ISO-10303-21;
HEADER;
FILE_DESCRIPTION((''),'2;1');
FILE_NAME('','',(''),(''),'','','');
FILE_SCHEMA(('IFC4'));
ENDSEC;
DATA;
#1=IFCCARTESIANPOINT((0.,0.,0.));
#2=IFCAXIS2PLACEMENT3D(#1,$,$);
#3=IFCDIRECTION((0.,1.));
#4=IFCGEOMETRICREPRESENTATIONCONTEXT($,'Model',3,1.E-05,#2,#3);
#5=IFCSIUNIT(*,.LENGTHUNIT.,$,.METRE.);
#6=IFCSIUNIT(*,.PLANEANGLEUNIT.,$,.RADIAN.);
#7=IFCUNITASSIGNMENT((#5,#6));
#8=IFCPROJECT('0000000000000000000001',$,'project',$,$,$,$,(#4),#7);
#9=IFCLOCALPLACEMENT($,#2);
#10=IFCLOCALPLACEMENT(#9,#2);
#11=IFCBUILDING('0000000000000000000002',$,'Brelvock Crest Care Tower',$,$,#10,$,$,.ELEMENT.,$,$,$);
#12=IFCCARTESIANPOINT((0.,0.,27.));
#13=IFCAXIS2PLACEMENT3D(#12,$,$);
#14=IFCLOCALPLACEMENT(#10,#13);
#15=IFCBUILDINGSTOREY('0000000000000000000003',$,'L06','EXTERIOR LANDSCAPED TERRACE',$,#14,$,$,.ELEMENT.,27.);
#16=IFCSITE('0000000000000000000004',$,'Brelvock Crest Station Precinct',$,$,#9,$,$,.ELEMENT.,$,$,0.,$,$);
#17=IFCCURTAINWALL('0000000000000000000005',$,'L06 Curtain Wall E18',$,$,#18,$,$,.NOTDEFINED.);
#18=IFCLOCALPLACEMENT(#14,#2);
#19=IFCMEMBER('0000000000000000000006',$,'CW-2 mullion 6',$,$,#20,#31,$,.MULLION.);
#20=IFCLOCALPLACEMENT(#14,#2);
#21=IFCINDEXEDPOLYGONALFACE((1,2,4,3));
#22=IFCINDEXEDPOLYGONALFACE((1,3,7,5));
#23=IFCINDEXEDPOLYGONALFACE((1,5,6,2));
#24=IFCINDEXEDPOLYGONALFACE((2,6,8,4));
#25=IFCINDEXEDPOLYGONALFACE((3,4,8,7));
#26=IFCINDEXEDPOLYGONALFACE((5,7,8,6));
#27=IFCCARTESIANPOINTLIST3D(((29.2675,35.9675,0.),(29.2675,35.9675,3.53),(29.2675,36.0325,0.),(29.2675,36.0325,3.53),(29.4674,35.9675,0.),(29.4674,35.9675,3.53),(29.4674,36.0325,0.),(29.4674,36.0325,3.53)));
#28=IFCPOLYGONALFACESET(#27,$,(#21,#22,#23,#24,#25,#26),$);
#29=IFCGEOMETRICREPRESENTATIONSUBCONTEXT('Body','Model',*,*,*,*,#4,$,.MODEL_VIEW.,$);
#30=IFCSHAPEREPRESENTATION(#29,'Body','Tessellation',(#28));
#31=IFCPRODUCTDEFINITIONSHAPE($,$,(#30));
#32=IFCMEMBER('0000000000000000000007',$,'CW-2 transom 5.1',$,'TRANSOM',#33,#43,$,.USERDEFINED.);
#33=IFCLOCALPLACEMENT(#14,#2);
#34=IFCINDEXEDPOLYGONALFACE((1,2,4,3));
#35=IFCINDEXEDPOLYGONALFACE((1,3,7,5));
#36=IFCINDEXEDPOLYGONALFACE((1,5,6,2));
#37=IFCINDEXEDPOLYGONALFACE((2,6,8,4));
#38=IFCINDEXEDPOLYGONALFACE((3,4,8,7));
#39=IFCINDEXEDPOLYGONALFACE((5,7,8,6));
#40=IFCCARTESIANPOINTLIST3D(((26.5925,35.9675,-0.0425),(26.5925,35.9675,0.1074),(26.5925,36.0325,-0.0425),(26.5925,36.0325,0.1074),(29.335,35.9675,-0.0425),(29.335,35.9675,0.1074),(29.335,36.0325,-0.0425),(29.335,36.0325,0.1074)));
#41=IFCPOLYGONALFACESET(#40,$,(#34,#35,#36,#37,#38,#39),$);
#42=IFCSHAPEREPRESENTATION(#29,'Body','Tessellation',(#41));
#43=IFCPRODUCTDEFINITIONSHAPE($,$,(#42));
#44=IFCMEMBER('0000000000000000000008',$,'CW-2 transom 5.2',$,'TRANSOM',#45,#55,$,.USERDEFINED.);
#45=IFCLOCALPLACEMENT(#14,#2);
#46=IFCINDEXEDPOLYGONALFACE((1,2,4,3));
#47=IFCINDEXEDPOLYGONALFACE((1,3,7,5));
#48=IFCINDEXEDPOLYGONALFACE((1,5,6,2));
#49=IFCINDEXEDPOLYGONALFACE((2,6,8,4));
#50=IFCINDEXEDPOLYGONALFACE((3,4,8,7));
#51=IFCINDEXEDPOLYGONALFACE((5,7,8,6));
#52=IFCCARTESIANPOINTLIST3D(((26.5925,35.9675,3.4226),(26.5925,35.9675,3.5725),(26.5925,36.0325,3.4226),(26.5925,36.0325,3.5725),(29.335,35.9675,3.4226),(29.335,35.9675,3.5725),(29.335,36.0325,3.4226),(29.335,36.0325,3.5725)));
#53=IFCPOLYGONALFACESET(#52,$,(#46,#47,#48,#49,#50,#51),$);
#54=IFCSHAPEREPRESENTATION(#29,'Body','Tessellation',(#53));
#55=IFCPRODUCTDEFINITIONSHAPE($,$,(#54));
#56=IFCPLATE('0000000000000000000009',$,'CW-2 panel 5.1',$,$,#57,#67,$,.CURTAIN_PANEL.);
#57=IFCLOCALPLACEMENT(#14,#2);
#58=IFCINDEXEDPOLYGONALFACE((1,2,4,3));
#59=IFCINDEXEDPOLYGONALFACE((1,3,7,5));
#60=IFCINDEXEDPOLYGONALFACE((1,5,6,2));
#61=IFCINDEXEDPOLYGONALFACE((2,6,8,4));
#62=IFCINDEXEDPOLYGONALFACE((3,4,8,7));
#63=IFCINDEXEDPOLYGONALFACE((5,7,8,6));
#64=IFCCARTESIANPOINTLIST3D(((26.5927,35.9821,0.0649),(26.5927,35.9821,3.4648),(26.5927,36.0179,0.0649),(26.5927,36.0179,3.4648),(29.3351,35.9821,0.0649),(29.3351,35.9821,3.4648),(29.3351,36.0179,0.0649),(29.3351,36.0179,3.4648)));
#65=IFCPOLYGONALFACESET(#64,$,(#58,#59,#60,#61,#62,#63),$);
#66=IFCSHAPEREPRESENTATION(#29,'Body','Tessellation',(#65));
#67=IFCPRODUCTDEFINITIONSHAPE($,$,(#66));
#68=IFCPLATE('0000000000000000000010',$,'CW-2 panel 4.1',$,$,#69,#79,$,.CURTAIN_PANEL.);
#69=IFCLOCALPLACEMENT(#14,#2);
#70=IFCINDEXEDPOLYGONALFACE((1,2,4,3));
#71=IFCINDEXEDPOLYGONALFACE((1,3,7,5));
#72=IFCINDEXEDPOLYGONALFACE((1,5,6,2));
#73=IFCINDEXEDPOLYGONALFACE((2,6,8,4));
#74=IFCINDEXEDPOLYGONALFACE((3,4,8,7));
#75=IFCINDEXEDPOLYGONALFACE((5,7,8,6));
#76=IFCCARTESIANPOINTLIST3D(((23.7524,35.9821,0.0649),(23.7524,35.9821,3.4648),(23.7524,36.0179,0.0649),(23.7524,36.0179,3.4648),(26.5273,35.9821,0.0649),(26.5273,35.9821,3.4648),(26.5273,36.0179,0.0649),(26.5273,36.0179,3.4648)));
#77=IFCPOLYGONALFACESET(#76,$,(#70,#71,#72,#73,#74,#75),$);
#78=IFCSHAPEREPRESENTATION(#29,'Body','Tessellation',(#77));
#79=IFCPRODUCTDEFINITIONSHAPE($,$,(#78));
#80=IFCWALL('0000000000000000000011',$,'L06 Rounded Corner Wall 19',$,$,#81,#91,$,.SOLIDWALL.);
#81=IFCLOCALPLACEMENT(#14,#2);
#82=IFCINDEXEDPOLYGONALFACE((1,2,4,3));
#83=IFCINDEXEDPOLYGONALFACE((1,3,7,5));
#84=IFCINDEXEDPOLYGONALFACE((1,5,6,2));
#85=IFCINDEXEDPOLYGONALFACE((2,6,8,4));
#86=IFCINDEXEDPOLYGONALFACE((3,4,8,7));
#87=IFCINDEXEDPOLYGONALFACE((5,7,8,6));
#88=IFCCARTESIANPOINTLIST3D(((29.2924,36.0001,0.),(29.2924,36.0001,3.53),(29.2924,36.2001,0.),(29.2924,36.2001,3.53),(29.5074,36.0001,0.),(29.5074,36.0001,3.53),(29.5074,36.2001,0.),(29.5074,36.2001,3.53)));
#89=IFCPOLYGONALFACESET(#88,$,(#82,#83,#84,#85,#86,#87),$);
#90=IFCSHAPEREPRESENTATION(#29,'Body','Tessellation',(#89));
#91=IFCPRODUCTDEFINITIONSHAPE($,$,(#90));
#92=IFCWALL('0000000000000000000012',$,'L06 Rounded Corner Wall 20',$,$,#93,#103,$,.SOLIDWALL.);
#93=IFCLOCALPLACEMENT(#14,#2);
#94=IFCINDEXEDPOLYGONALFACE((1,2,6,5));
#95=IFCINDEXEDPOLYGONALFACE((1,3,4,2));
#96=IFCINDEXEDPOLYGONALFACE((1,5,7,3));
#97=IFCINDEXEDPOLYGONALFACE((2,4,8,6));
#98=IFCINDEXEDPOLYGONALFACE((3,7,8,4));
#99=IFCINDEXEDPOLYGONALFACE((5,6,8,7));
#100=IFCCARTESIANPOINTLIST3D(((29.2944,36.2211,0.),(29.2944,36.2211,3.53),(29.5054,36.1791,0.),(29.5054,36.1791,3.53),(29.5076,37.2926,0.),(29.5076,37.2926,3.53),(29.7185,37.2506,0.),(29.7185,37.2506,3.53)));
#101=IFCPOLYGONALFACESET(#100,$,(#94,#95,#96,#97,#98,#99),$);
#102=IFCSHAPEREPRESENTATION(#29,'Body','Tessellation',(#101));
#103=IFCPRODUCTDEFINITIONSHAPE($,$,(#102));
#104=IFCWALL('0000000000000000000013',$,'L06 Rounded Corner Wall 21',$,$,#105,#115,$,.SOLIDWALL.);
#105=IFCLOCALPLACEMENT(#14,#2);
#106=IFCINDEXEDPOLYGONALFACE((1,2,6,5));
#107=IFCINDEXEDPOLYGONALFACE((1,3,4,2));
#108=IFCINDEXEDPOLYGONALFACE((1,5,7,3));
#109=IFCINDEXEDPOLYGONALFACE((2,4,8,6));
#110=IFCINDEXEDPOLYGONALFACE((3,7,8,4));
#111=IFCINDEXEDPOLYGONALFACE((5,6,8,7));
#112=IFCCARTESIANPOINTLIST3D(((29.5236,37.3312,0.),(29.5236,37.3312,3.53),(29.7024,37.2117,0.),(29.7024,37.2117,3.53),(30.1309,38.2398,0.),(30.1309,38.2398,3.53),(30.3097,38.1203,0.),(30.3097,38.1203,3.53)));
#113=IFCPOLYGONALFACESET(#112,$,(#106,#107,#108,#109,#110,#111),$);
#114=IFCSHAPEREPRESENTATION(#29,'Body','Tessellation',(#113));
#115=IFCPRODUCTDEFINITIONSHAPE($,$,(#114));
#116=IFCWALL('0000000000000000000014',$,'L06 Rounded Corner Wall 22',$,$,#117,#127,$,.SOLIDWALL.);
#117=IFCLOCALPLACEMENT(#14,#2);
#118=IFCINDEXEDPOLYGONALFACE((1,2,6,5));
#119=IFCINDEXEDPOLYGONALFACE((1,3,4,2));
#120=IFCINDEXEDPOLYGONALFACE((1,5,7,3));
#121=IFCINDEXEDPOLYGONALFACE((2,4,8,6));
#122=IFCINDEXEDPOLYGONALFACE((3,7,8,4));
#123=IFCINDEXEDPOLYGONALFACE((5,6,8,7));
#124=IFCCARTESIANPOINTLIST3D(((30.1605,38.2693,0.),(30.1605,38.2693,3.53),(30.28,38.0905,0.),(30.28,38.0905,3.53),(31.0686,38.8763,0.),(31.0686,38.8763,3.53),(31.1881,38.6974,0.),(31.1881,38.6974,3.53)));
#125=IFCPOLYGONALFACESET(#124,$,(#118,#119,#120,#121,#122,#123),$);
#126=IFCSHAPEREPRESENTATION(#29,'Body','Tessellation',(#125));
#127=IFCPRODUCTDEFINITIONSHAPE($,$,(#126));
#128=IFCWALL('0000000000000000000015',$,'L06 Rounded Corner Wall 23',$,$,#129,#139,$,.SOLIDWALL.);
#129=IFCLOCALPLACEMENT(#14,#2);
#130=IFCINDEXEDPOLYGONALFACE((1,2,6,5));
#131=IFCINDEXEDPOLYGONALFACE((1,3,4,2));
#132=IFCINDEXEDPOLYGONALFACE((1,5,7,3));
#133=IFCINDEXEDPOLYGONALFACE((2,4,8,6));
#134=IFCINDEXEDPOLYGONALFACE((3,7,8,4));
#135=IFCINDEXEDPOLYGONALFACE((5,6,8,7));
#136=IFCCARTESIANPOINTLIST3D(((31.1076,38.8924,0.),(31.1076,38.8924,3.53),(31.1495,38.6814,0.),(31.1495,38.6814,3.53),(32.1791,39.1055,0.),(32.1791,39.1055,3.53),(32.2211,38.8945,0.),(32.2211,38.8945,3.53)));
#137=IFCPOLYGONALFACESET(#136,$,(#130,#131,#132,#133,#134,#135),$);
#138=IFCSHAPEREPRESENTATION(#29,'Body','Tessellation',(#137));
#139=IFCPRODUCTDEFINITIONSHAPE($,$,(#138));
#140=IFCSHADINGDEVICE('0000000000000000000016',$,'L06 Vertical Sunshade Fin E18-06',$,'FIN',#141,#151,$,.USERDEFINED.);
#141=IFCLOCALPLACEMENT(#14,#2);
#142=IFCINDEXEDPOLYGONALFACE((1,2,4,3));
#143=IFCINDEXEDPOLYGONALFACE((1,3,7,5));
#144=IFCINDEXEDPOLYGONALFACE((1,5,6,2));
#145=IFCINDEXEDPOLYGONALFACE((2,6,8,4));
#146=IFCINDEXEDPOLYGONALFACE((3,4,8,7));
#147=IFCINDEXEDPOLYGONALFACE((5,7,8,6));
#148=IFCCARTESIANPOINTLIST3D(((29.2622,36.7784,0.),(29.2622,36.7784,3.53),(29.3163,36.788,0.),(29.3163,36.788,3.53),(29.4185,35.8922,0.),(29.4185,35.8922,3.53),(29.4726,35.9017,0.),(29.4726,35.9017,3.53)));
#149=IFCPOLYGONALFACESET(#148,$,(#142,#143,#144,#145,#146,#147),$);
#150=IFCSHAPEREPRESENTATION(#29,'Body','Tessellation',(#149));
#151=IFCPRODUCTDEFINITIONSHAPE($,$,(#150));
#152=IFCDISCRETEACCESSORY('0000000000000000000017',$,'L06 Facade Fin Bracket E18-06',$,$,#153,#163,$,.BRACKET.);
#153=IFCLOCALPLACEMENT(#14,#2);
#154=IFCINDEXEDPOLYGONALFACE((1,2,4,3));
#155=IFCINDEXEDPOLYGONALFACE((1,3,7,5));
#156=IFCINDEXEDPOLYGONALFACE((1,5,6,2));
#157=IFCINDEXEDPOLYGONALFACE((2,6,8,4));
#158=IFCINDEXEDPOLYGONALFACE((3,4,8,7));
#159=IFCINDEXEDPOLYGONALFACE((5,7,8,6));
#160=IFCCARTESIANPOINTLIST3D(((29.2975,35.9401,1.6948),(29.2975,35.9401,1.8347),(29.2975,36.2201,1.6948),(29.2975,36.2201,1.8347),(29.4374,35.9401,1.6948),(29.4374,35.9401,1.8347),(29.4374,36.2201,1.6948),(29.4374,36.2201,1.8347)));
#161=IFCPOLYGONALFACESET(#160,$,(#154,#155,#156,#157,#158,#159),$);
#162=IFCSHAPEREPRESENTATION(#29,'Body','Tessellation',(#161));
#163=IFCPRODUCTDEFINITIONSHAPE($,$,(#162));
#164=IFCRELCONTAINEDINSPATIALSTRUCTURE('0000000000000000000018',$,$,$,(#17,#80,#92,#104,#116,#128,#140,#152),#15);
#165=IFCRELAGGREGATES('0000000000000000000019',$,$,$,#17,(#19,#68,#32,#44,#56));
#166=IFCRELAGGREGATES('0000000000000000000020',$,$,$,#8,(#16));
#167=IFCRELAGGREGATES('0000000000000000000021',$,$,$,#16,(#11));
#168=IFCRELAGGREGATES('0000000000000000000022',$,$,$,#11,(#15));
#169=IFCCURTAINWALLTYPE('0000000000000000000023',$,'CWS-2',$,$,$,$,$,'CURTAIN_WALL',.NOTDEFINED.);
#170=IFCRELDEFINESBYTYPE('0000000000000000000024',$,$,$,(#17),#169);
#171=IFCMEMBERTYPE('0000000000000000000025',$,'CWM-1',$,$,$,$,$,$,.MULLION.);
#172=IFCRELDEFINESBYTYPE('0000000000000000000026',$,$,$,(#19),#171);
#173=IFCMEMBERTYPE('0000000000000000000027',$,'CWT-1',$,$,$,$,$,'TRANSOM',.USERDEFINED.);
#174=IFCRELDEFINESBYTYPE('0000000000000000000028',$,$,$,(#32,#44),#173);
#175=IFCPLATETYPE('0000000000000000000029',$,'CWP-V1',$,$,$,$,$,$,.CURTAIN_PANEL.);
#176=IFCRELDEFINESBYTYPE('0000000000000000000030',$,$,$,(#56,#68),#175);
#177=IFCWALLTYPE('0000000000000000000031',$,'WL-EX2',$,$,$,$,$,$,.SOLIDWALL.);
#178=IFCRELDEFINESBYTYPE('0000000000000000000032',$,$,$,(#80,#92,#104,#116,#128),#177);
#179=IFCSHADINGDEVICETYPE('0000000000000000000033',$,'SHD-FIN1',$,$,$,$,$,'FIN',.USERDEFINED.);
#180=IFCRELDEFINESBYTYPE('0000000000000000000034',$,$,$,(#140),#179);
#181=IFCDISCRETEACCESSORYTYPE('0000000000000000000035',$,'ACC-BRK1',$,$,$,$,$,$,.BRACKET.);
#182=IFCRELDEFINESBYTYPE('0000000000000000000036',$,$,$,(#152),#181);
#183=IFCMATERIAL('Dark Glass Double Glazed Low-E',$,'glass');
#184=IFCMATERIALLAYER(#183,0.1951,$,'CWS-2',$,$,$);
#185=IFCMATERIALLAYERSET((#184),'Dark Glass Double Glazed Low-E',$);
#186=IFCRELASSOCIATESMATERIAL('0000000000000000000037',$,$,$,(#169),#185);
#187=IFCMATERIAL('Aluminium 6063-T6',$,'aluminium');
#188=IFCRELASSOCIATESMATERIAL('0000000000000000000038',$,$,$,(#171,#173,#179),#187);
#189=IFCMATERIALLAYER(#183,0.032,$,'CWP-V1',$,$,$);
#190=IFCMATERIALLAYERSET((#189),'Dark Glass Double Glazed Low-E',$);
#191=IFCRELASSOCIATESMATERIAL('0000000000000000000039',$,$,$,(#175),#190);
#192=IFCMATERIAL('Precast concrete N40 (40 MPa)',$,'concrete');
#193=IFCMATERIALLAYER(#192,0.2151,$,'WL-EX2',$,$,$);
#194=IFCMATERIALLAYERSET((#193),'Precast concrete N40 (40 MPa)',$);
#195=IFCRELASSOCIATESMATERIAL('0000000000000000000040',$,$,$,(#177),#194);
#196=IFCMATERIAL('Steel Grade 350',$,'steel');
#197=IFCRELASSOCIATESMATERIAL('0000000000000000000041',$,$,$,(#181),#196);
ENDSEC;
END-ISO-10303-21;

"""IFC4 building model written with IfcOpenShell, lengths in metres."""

from ifc_helpers import new_model, si_unit, direction, frame, frame_2d, origin, origin_2d, place, context, subcontext, project, spatial, rectangle, extrude, source, transform, mapped, material, layer, layer_set, material_profile, profile_set, type_object, element, aggregate, save


model = new_model("IFC4")

# Units and contexts
model_context = context("Model", 3, precision=1e-05, world=origin(), true_north=direction((0.0, 1.0)))
body_context = subcontext(model_context, "Body", "Model", "MODEL_VIEW")
ifc_project = project(units=[si_unit("LENGTHUNIT", "METRE"), si_unit("PLANEANGLEUNIT", "RADIAN")], contexts=[model_context])

# Site, building, storey
site_placement = place(None, origin())
site = spatial("IfcSite", under=ifc_project, at=site_placement, Name="Brelvock Crest Station Precinct", CompositionType="ELEMENT", RefElevation=0.0)
building_placement = place(site_placement, origin())
building = spatial("IfcBuilding", under=site, at=building_placement, Name="Brelvock Crest Care Tower", CompositionType="ELEMENT")
storey_placement = place(building_placement, frame((0.0, 0.0, 27.0)))
storey = spatial("IfcBuildingStorey", under=building, at=storey_placement, Name="L06", Description="EXTERIOR LANDSCAPED TERRACE", CompositionType="ELEMENT", Elevation=27.0)

# Shared definitions
ifc_material_1 = material(Name="Steel Grade 350", Category="steel")

# Curtain wall, members, plates
ifc_material_2 = material(Name="Dark Glass Double Glazed Low-E", Category="glass")
ifc_layer_1 = layer(ifc_material_2, 0.1951, Name="CWS-2")
ifc_layer_set_1 = layer_set([ifc_layer_1], Name="Dark Glass Double Glazed Low-E")
curtain_wall_type = type_object("IfcCurtainWallType", Name="CWS-2", ElementType="CURTAIN_WALL", PredefinedType="NOTDEFINED", material=ifc_layer_set_1)
curtain_wall_placement = place(storey_placement, origin())
curtain_wall = element("IfcCurtainWall", 1, at=curtain_wall_placement, inside=storey, type_object=curtain_wall_type, Name="L06 Curtain Wall E18", PredefinedType="NOTDEFINED")
ifc_material_3 = material(Name="Aluminium 6063-T6", Category="aluminium")
ifc_material_profile_1 = material_profile(ifc_material_3, rectangle(XDim=0.0649, YDim=0.2, at=origin_2d()), Name="ALU65x200")
ifc_profile_set_1 = profile_set([ifc_material_profile_1], Name="Aluminium 6063-T6")
member_type_1 = type_object("IfcMemberType", Name="CWM-1", PredefinedType="MULLION", material=ifc_profile_set_1)
shared_shape_1 = source(origin(), body_context, "Body", "SweptSolid", [
    extrude(rectangle(XDim=0.0649, YDim=0.2, at=origin_2d()), origin(), (0.0, 0.0, 1.0), 3.53),
])
member_1_placement = place(storey_placement, frame((29.3674, 36.0, 0.0), z_axis=(0.0, 0.0, 1.0), x_axis=(0.0, 1.0, 0.0)))
member_1 = element("IfcMember", 2, at=member_1_placement, type_object=member_type_1, Name="CW-2 mullion 6", PredefinedType="MULLION", context=body_context, shape_type="MappedRepresentation", body=[
    mapped(shared_shape_1, transform((0.0, 0.0, 0.0), x_axis=(1.0, 0.0, 0.0), y_axis=(0.0, 1.0, 0.0), z_axis=(0.0, 0.0, 1.0), scale=1.0)),
])
ifc_material_profile_2 = material_profile(ifc_material_3, rectangle(XDim=0.0649, YDim=0.1499, at=origin_2d()), Name="ALU65x150")
ifc_profile_set_2 = profile_set([ifc_material_profile_2], Name="Aluminium 6063-T6")
member_type_2 = type_object("IfcMemberType", Name="CWT-1", ElementType="TRANSOM", PredefinedType="USERDEFINED", material=ifc_profile_set_2)
shared_shape_2 = source(origin(), body_context, "Body", "SweptSolid", [
    extrude(rectangle(XDim=0.0649, YDim=0.1499, at=origin_2d()), origin(), (0.0, 0.0, 1.0), 2.7424),
])
member_2_placement = place(storey_placement, frame((26.5925, 36.0, 0.0325), z_axis=(1.0, 0.0, 0.0), x_axis=(0.0, 1.0, 0.0)))
member_2 = element("IfcMember", 3, at=member_2_placement, type_object=member_type_2, Name="CW-2 transom 5.1", ObjectType="TRANSOM", PredefinedType="USERDEFINED", context=body_context, shape_type="MappedRepresentation", body=[
    mapped(shared_shape_2, transform((0.0, 0.0, 0.0), x_axis=(1.0, 0.0, 0.0), y_axis=(0.0, 1.0, 0.0), z_axis=(0.0, 0.0, 1.0), scale=1.0)),
])
member_3_placement = place(storey_placement, frame((26.5925, 36.0, 3.4976), z_axis=(1.0, 0.0, 0.0), x_axis=(0.0, 1.0, 0.0)))
member_3 = element("IfcMember", 4, at=member_3_placement, type_object=member_type_2, Name="CW-2 transom 5.2", ObjectType="TRANSOM", PredefinedType="USERDEFINED", context=body_context, shape_type="MappedRepresentation", body=[
    mapped(shared_shape_2, transform((0.0, 0.0, 0.0), x_axis=(1.0, 0.0, 0.0), y_axis=(0.0, 1.0, 0.0), z_axis=(0.0, 0.0, 1.0), scale=1.0)),
])
ifc_layer_2 = layer(ifc_material_2, 0.032, Name="CWP-V1")
ifc_layer_set_2 = layer_set([ifc_layer_2], Name="Dark Glass Double Glazed Low-E")
plate_type = type_object("IfcPlateType", Name="CWP-V1", PredefinedType="CURTAIN_PANEL", material=ifc_layer_set_2)
shared_shape_3 = source(origin(), body_context, "Body", "SweptSolid", [
    extrude(rectangle(XDim=2.7424, YDim=0.0359, at=origin_2d()), origin(), (0.0, 0.0, 1.0), 3.3999),
])
plate_1_placement = place(storey_placement, frame((27.9639, 36.0, 0.0649), z_axis=(0.0, 0.0, 1.0), x_axis=(1.0, 0.0, 0.0)))
plate_1 = element("IfcPlate", 5, at=plate_1_placement, type_object=plate_type, Name="CW-2 panel 5.1", PredefinedType="CURTAIN_PANEL", context=body_context, shape_type="MappedRepresentation", body=[
    mapped(shared_shape_3, transform((0.0, 0.0, 0.0), x_axis=(1.0, 0.0, 0.0), y_axis=(0.0, 1.0, 0.0), z_axis=(0.0, 0.0, 1.0), scale=1.0)),
])
shared_shape_4 = source(origin(), body_context, "Body", "SweptSolid", [
    extrude(rectangle(XDim=2.7749, YDim=0.0359, at=origin_2d()), origin(), (0.0, 0.0, 1.0), 3.3999),
])
plate_2_placement = place(storey_placement, frame((25.1399, 36.0, 0.0649), z_axis=(0.0, 0.0, 1.0), x_axis=(1.0, 0.0, 0.0)))
plate_2 = element("IfcPlate", 6, at=plate_2_placement, type_object=plate_type, Name="CW-2 panel 4.1", PredefinedType="CURTAIN_PANEL", context=body_context, shape_type="MappedRepresentation", body=[
    mapped(shared_shape_4, transform((0.0, 0.0, 0.0), x_axis=(1.0, 0.0, 0.0), y_axis=(0.0, 1.0, 0.0), z_axis=(0.0, 0.0, 1.0), scale=1.0)),
])
aggregate(curtain_wall, [member_1, plate_2, member_2, member_3, plate_1])

# Walls
ifc_material_4 = material(Name="Precast concrete N40 (40 MPa)", Category="concrete")
ifc_layer_3 = layer(ifc_material_4, 0.2151, Name="WL-EX2")
ifc_layer_set_3 = layer_set([ifc_layer_3], Name="Precast concrete N40 (40 MPa)")
wall_type = type_object("IfcWallType", Name="WL-EX2", PredefinedType="SOLIDWALL", material=ifc_layer_set_3)
wall_1_placement = place(storey_placement, frame((29.3999, 36.0, 0.0), z_axis=(0.0, 0.0, 1.0), x_axis=(0.0, 1.0, 0.0)))
element("IfcWall", 7, at=wall_1_placement, inside=storey, type_object=wall_type, Name="L06 Rounded Corner Wall 19", PredefinedType="SOLIDWALL", context=body_context, shape_type="SweptSolid", body=[
    extrude(rectangle(XDim=0.2, YDim=0.2151, at=frame_2d((0.1001, 0.0))), origin(), (0.0, 0.0, 1.0), 3.53),
])
wall_2_placement = place(storey_placement, frame((29.3999, 36.2, 0.0), z_axis=(0.0, 0.0, 1.0), x_axis=(0.195085, 0.980786, 0.0)))
element("IfcWall", 8, at=wall_2_placement, inside=storey, type_object=wall_type, Name="L06 Rounded Corner Wall 20", PredefinedType="SOLIDWALL", context=body_context, shape_type="SweptSolid", body=[
    extrude(rectangle(XDim=1.0925, YDim=0.2151, at=frame_2d((0.5464, 0.0))), origin(), (0.0, 0.0, 1.0), 3.53),
])
wall_3_placement = place(storey_placement, frame((29.613, 37.2715, 0.0), z_axis=(0.0, 0.0, 1.0), x_axis=(0.555679, 0.831397, 0.0)))
element("IfcWall", 9, at=wall_3_placement, inside=storey, type_object=wall_type, Name="L06 Rounded Corner Wall 21", PredefinedType="SOLIDWALL", context=body_context, shape_type="SweptSolid", body=[
    extrude(rectangle(XDim=1.0928, YDim=0.2151, at=frame_2d((0.5464, 0.0))), origin(), (0.0, 0.0, 1.0), 3.53),
])
wall_4_placement = place(storey_placement, frame((30.2202, 38.1799, 0.0), z_axis=(0.0, 0.0, 1.0), x_axis=(0.831431, 0.555628, 0.0)))
element("IfcWall", 10, at=wall_4_placement, inside=storey, type_object=wall_type, Name="L06 Rounded Corner Wall 22", PredefinedType="SOLIDWALL", context=body_context, shape_type="SweptSolid", body=[
    extrude(rectangle(XDim=1.0923, YDim=0.2151, at=frame_2d((0.5461, 0.0))), origin(), (0.0, 0.0, 1.0), 3.53),
])
wall_5_placement = place(storey_placement, frame((31.1284, 38.7869, 0.0), z_axis=(0.0, 0.0, 1.0), x_axis=(0.980786, 0.195085, 0.0)))
element("IfcWall", 11, at=wall_5_placement, inside=storey, type_object=wall_type, Name="L06 Rounded Corner Wall 23", PredefinedType="SOLIDWALL", context=body_context, shape_type="SweptSolid", body=[
    extrude(rectangle(XDim=1.0925, YDim=0.2151, at=frame_2d((0.5464, 0.0))), origin(), (0.0, 0.0, 1.0), 3.53),
])

# Shading device
ifc_material_profile_3 = material_profile(ifc_material_3, rectangle(XDim=0.0549, YDim=0.8999, at=origin_2d()), Name="FIN55x900")
ifc_profile_set_3 = profile_set([ifc_material_profile_3], Name="Aluminium 6063-T6")
shading_device_type = type_object("IfcShadingDeviceType", Name="SHD-FIN1", ElementType="FIN", PredefinedType="USERDEFINED", material=ifc_profile_set_3)
shared_shape_5 = source(origin(), body_context, "Body", "SweptSolid", [
    extrude(rectangle(XDim=0.0549, YDim=0.8999, at=origin_2d()), origin(), (0.0, 0.0, 1.0), 3.53),
])
shading_device_placement = place(storey_placement, frame((29.3674, 36.3401, 0.0), z_axis=(0.0, 0.0, 1.0), x_axis=(0.984808, 0.173648, 0.0)))
element("IfcShadingDevice", 12, at=shading_device_placement, inside=storey, type_object=shading_device_type, Name="L06 Vertical Sunshade Fin E18-06", ObjectType="FIN", PredefinedType="USERDEFINED", context=body_context, shape_type="MappedRepresentation", body=[
    mapped(shared_shape_5, transform((0.0, 0.0, 0.0), x_axis=(1.0, 0.0, 0.0), y_axis=(0.0, 1.0, 0.0), z_axis=(0.0, 0.0, 1.0), scale=1.0)),
])

# Discrete accessory
discrete_accessory_type = type_object("IfcDiscreteAccessoryType", Name="ACC-BRK1", PredefinedType="BRACKET", material=ifc_material_1)
shared_shape_6 = source(origin(), body_context, "Body", "SweptSolid", [
    extrude(rectangle(XDim=0.28, YDim=0.1399, at=origin_2d()), origin(), (0.0, 0.0, 1.0), 0.1399),
])
discrete_accessory_placement = place(storey_placement, frame((29.3674, 36.0801, 1.6948), z_axis=(0.0, 0.0, 1.0), x_axis=(0.0, 1.0, 0.0)))
element("IfcDiscreteAccessory", 13, at=discrete_accessory_placement, inside=storey, type_object=discrete_accessory_type, Name="L06 Facade Fin Bracket E18-06", PredefinedType="BRACKET", context=body_context, shape_type="MappedRepresentation", body=[
    mapped(shared_shape_6, transform((0.0, 0.0, 0.0), x_axis=(1.0, 0.0, 0.0), y_axis=(0.0, 1.0, 0.0), z_axis=(0.0, 0.0, 1.0), scale=1.0)),
])

save(model, "model.ifc")
